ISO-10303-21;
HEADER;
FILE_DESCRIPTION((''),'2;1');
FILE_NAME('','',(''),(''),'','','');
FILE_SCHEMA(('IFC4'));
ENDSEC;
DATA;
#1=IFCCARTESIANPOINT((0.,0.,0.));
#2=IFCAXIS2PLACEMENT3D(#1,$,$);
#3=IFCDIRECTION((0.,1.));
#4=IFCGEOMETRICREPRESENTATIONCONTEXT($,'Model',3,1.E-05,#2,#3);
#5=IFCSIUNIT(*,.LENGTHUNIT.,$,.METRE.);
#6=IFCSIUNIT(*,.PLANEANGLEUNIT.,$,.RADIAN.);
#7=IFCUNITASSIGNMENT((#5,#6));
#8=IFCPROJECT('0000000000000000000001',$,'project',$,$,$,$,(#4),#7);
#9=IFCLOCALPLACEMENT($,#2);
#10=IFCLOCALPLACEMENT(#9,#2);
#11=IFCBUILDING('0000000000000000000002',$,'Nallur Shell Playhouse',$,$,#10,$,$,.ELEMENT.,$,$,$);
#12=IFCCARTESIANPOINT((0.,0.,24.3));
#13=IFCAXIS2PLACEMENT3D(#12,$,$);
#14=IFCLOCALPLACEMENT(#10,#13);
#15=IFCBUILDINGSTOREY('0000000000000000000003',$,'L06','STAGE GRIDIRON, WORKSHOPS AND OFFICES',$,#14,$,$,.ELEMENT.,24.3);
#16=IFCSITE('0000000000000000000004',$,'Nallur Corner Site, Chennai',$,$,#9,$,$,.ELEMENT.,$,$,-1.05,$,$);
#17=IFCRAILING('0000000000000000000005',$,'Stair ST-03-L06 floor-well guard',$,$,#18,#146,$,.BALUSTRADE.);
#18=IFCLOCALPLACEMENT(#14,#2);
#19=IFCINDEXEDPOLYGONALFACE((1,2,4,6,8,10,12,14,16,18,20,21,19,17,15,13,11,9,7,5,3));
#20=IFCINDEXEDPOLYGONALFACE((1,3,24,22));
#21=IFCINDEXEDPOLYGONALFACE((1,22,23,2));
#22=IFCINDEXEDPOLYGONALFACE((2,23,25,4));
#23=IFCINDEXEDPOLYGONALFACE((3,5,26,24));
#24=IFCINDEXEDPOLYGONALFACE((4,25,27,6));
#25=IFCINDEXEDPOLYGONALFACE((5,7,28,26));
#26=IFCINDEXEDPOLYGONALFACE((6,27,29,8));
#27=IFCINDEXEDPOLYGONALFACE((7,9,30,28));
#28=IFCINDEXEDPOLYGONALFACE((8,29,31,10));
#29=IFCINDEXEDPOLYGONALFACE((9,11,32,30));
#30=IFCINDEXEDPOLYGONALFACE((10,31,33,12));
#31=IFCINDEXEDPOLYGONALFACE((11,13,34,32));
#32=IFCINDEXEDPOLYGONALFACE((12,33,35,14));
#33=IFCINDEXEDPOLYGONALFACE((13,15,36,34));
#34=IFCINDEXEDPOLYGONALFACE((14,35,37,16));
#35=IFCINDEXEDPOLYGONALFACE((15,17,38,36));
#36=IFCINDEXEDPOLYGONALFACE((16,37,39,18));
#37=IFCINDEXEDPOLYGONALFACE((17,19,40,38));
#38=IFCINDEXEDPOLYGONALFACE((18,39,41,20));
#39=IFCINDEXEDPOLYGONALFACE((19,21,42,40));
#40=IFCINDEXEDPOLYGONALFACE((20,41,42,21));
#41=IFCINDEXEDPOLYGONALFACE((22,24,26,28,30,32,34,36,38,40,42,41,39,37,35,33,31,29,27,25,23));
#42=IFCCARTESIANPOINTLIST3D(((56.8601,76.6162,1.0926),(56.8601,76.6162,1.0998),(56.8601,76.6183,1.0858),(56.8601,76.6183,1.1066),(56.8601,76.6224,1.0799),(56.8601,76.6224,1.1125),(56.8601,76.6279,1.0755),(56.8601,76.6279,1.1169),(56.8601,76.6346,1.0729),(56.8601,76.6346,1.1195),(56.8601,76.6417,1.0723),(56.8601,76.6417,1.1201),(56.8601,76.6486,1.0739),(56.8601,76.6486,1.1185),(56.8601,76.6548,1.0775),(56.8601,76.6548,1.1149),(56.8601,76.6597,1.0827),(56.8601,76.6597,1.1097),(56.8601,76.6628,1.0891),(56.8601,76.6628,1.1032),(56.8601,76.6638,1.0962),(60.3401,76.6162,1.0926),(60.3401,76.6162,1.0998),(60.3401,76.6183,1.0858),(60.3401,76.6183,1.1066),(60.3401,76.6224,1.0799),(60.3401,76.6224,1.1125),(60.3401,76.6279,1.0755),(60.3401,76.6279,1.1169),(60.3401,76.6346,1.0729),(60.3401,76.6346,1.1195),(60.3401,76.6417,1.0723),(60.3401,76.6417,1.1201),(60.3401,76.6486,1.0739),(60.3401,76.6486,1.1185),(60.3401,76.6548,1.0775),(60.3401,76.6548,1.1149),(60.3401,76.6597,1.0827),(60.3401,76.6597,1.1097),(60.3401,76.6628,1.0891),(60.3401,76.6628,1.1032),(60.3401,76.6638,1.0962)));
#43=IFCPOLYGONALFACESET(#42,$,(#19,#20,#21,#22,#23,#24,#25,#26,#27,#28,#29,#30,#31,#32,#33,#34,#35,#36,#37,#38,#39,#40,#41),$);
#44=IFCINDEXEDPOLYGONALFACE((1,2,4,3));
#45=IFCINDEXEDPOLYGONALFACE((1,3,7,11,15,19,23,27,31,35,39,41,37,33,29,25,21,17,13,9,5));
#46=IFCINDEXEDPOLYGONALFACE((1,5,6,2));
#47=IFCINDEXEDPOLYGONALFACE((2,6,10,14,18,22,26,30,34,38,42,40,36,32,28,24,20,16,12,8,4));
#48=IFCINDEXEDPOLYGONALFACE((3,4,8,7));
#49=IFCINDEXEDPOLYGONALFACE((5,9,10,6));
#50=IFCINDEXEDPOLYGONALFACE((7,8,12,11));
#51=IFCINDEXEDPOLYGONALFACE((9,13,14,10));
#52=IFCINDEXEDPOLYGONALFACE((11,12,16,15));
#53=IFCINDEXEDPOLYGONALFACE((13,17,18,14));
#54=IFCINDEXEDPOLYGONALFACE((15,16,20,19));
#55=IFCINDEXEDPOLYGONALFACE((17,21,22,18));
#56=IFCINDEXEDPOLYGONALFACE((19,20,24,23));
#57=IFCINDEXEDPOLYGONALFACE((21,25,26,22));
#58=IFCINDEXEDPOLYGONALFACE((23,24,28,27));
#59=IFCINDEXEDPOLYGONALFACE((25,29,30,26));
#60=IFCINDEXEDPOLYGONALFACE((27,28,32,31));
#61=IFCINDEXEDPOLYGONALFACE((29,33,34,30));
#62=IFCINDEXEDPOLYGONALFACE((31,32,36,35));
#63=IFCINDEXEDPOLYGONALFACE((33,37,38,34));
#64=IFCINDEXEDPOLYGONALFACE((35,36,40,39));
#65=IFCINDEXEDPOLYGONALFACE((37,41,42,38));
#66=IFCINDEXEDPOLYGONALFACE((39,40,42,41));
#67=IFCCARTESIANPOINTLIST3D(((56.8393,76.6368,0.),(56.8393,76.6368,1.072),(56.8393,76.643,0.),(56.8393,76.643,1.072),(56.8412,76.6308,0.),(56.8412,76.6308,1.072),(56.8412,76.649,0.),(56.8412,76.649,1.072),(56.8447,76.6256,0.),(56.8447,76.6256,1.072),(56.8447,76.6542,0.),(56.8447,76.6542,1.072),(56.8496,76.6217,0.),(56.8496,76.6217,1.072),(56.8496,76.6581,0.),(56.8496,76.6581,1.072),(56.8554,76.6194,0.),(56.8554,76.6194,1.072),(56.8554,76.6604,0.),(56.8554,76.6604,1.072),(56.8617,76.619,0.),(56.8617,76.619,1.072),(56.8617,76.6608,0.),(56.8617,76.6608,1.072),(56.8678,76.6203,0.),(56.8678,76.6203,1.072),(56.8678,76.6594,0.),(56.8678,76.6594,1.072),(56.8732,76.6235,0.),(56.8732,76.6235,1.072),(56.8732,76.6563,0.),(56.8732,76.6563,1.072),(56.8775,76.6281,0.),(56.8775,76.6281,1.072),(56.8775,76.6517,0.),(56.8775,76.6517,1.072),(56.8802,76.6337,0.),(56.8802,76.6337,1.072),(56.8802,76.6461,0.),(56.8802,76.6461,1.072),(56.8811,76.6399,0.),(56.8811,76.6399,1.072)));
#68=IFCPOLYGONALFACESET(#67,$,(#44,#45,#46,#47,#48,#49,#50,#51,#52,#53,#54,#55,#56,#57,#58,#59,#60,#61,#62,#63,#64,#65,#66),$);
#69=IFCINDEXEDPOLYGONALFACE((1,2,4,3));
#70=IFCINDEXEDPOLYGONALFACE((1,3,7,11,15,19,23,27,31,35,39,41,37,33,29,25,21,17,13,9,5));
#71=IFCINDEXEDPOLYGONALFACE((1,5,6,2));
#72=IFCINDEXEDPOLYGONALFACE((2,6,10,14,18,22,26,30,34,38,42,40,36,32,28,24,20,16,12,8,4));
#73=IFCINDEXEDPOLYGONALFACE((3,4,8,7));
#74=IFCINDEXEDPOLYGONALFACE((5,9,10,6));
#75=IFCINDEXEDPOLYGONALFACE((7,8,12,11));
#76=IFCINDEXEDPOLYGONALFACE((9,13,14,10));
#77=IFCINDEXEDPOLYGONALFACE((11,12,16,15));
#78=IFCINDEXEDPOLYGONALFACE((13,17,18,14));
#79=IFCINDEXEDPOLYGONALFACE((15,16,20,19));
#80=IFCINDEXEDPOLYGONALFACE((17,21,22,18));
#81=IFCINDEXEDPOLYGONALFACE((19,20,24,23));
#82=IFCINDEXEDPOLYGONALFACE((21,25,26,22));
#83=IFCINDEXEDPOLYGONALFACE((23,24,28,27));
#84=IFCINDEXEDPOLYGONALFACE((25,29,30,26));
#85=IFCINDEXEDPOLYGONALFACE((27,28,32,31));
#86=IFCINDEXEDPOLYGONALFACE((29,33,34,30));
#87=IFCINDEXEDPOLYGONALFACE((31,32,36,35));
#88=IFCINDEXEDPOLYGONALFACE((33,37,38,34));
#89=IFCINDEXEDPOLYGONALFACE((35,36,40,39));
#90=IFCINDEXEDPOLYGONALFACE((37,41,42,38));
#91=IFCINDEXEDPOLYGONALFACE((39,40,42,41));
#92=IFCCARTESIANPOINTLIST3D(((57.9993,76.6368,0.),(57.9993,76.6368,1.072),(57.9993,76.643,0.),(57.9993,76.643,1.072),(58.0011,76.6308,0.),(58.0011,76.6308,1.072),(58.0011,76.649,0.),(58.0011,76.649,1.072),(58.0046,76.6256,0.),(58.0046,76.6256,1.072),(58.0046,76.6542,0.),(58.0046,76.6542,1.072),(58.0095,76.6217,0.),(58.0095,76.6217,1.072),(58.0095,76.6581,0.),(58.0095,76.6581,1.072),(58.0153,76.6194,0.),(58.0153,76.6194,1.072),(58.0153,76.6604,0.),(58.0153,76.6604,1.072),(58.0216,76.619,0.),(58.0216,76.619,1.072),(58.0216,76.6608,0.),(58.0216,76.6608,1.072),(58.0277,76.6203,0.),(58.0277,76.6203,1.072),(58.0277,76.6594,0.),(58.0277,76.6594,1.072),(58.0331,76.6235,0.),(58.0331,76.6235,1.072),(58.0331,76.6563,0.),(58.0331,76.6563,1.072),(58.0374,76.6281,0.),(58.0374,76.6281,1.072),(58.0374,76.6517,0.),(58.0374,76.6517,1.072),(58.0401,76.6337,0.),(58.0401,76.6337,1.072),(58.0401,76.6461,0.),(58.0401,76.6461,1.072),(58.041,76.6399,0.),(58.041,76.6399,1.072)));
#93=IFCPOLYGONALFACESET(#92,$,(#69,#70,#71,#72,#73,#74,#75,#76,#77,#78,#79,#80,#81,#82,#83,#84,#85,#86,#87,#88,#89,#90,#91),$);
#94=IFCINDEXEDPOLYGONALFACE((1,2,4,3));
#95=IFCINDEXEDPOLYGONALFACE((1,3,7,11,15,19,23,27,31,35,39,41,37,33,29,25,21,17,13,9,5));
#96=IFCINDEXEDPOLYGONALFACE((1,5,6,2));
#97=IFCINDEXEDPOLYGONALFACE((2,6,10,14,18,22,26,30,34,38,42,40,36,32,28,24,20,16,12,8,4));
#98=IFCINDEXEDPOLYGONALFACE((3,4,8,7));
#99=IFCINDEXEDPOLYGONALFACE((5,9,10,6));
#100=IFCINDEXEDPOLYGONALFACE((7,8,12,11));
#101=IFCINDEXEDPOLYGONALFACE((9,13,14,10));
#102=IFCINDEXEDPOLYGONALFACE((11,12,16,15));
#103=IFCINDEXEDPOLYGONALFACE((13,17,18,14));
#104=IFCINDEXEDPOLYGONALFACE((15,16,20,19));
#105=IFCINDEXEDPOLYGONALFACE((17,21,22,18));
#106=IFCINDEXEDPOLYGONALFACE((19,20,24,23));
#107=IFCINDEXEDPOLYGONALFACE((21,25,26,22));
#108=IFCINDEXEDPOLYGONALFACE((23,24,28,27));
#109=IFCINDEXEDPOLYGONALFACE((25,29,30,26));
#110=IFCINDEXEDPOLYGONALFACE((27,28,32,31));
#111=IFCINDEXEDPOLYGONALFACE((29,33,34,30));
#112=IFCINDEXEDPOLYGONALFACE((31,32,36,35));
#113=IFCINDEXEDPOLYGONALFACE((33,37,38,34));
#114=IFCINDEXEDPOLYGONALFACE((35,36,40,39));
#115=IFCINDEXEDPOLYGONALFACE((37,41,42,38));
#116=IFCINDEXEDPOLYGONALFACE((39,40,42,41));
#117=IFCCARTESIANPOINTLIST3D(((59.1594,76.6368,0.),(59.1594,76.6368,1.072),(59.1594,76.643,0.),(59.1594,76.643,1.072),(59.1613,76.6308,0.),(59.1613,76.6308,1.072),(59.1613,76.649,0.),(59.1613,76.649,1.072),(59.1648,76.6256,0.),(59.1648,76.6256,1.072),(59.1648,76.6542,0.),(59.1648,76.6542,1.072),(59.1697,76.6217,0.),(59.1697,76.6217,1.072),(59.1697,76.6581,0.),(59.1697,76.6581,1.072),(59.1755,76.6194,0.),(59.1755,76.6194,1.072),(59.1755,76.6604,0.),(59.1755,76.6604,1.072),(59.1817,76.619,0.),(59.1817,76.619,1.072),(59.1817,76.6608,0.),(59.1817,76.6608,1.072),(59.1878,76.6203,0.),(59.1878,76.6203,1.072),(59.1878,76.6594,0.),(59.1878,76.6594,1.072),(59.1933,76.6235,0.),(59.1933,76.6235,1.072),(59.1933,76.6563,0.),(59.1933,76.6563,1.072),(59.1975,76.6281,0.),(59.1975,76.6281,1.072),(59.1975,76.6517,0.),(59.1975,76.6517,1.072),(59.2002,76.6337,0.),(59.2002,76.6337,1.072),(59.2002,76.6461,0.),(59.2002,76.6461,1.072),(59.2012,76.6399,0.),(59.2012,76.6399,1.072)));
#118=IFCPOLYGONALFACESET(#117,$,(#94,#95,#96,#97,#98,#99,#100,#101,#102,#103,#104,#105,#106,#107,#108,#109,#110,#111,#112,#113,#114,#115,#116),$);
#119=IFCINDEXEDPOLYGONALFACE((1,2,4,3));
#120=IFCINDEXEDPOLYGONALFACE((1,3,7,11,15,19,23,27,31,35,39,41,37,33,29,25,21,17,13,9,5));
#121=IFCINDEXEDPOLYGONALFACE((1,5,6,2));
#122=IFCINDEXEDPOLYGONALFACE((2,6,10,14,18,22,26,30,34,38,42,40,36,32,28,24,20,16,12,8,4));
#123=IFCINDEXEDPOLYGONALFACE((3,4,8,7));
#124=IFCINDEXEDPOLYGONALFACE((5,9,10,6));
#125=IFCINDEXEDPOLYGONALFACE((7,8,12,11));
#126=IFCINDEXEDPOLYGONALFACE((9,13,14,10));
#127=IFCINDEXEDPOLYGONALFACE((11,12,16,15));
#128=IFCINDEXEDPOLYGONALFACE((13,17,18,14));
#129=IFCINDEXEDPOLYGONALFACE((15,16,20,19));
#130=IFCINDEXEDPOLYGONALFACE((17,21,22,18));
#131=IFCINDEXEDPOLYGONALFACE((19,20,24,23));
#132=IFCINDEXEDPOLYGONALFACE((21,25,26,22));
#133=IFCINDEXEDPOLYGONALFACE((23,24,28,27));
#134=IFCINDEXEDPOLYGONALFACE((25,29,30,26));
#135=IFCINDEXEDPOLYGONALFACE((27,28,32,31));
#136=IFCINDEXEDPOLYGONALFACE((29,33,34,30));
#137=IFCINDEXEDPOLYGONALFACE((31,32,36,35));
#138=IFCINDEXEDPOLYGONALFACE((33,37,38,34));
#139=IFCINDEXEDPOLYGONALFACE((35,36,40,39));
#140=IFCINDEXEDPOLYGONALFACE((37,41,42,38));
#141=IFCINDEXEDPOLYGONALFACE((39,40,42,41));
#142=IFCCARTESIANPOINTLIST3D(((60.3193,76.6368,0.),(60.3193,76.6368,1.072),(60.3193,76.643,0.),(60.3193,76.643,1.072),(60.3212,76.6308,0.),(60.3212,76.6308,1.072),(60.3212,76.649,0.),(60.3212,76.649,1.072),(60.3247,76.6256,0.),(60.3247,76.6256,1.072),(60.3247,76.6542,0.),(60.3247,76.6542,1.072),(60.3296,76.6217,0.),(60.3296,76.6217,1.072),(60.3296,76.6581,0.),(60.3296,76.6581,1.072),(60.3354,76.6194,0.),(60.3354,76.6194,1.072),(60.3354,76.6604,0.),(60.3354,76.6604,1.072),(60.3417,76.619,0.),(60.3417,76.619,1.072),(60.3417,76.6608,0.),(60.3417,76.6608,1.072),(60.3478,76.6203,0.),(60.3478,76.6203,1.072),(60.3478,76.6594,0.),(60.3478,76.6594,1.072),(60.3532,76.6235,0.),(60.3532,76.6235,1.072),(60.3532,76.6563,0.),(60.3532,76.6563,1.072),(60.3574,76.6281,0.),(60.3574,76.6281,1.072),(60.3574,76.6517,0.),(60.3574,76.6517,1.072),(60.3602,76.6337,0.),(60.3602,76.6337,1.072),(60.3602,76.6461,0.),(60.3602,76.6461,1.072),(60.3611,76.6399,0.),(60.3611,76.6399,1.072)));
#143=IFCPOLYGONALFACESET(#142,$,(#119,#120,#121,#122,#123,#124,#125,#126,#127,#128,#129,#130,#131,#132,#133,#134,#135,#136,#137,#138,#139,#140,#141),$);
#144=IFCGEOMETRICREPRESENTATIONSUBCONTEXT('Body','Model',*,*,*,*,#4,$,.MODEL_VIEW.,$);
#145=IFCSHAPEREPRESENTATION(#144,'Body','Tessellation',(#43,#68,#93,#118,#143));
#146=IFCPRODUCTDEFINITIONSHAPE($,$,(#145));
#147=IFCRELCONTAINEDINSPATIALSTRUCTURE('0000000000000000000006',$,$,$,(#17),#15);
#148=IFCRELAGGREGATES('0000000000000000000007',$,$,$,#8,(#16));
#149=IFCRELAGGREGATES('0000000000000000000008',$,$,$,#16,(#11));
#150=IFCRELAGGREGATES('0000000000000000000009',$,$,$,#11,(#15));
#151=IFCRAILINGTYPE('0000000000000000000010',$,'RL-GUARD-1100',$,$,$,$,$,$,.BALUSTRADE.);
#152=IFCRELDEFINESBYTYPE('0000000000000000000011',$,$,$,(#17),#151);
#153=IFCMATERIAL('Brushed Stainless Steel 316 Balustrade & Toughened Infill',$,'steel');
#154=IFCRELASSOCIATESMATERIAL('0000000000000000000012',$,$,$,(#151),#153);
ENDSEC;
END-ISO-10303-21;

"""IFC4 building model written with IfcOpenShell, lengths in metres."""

from ifc_helpers import new_model, si_unit, direction, frame, origin, origin_2d, place, context, subcontext, project, spatial, circle, extrude, material, type_object, element, save


model = new_model("IFC4")

# Units and contexts
model_context = context("Model", 3, precision=1e-05, world=origin(), true_north=direction((0.0, 1.0)))
body_context = subcontext(model_context, "Body", "Model", "MODEL_VIEW")
ifc_project = project(units=[si_unit("LENGTHUNIT", "METRE"), si_unit("PLANEANGLEUNIT", "RADIAN")], contexts=[model_context])

# Site, building, storey
site_placement = place(None, origin())
site = spatial("IfcSite", under=ifc_project, at=site_placement, Name="Nallur Corner Site, Chennai", CompositionType="ELEMENT", RefElevation=-1.05)
building_placement = place(site_placement, origin())
building = spatial("IfcBuilding", under=site, at=building_placement, Name="Nallur Shell Playhouse", CompositionType="ELEMENT")
storey_placement = place(building_placement, frame((0.0, 0.0, 24.3)))
storey = spatial("IfcBuildingStorey", under=building, at=storey_placement, Name="L06", Description="STAGE GRIDIRON, WORKSHOPS AND OFFICES", CompositionType="ELEMENT", Elevation=24.3)

# Railing
ifc_material_1 = material(Name="Brushed Stainless Steel 316 Balustrade & Toughened Infill", Category="steel")
railing_type_1 = type_object("IfcRailingType", Name="RL-GUARD-1100", PredefinedType="BALUSTRADE", material=ifc_material_1)
railing_1_placement = place(storey_placement, frame((56.8601, 76.6399, 0.0)))
element("IfcRailing", 1, at=railing_1_placement, inside=storey, type_object=railing_type_1, Name="Stair ST-03-L06 floor-well guard", PredefinedType="BALUSTRADE", context=body_context, shape_type="SweptSolid", body=[
    extrude(circle(Radius=0.0239, at=origin_2d()), frame((0.0, 0.0, 1.0962), z_axis=(1.0, 0.0, 0.0), x_axis=(0.0, 1.0, 0.0)), (0.0, 0.0, 1.0), 3.48),
    extrude(circle(Radius=0.021, at=origin_2d()), origin(), (0.0, 0.0, 1.0), 1.072),
    extrude(circle(Radius=0.021, at=origin_2d()), frame((1.1599, 0.0, 0.0)), (0.0, 0.0, 1.0), 1.072),
    extrude(circle(Radius=0.021, at=origin_2d()), frame((2.3201, 0.0, 0.0)), (0.0, 0.0, 1.0), 1.072),
    extrude(circle(Radius=0.021, at=origin_2d()), frame((3.48, 0.0, 0.0)), (0.0, 0.0, 1.0), 1.072),
])

save(model, "model.ifc")
